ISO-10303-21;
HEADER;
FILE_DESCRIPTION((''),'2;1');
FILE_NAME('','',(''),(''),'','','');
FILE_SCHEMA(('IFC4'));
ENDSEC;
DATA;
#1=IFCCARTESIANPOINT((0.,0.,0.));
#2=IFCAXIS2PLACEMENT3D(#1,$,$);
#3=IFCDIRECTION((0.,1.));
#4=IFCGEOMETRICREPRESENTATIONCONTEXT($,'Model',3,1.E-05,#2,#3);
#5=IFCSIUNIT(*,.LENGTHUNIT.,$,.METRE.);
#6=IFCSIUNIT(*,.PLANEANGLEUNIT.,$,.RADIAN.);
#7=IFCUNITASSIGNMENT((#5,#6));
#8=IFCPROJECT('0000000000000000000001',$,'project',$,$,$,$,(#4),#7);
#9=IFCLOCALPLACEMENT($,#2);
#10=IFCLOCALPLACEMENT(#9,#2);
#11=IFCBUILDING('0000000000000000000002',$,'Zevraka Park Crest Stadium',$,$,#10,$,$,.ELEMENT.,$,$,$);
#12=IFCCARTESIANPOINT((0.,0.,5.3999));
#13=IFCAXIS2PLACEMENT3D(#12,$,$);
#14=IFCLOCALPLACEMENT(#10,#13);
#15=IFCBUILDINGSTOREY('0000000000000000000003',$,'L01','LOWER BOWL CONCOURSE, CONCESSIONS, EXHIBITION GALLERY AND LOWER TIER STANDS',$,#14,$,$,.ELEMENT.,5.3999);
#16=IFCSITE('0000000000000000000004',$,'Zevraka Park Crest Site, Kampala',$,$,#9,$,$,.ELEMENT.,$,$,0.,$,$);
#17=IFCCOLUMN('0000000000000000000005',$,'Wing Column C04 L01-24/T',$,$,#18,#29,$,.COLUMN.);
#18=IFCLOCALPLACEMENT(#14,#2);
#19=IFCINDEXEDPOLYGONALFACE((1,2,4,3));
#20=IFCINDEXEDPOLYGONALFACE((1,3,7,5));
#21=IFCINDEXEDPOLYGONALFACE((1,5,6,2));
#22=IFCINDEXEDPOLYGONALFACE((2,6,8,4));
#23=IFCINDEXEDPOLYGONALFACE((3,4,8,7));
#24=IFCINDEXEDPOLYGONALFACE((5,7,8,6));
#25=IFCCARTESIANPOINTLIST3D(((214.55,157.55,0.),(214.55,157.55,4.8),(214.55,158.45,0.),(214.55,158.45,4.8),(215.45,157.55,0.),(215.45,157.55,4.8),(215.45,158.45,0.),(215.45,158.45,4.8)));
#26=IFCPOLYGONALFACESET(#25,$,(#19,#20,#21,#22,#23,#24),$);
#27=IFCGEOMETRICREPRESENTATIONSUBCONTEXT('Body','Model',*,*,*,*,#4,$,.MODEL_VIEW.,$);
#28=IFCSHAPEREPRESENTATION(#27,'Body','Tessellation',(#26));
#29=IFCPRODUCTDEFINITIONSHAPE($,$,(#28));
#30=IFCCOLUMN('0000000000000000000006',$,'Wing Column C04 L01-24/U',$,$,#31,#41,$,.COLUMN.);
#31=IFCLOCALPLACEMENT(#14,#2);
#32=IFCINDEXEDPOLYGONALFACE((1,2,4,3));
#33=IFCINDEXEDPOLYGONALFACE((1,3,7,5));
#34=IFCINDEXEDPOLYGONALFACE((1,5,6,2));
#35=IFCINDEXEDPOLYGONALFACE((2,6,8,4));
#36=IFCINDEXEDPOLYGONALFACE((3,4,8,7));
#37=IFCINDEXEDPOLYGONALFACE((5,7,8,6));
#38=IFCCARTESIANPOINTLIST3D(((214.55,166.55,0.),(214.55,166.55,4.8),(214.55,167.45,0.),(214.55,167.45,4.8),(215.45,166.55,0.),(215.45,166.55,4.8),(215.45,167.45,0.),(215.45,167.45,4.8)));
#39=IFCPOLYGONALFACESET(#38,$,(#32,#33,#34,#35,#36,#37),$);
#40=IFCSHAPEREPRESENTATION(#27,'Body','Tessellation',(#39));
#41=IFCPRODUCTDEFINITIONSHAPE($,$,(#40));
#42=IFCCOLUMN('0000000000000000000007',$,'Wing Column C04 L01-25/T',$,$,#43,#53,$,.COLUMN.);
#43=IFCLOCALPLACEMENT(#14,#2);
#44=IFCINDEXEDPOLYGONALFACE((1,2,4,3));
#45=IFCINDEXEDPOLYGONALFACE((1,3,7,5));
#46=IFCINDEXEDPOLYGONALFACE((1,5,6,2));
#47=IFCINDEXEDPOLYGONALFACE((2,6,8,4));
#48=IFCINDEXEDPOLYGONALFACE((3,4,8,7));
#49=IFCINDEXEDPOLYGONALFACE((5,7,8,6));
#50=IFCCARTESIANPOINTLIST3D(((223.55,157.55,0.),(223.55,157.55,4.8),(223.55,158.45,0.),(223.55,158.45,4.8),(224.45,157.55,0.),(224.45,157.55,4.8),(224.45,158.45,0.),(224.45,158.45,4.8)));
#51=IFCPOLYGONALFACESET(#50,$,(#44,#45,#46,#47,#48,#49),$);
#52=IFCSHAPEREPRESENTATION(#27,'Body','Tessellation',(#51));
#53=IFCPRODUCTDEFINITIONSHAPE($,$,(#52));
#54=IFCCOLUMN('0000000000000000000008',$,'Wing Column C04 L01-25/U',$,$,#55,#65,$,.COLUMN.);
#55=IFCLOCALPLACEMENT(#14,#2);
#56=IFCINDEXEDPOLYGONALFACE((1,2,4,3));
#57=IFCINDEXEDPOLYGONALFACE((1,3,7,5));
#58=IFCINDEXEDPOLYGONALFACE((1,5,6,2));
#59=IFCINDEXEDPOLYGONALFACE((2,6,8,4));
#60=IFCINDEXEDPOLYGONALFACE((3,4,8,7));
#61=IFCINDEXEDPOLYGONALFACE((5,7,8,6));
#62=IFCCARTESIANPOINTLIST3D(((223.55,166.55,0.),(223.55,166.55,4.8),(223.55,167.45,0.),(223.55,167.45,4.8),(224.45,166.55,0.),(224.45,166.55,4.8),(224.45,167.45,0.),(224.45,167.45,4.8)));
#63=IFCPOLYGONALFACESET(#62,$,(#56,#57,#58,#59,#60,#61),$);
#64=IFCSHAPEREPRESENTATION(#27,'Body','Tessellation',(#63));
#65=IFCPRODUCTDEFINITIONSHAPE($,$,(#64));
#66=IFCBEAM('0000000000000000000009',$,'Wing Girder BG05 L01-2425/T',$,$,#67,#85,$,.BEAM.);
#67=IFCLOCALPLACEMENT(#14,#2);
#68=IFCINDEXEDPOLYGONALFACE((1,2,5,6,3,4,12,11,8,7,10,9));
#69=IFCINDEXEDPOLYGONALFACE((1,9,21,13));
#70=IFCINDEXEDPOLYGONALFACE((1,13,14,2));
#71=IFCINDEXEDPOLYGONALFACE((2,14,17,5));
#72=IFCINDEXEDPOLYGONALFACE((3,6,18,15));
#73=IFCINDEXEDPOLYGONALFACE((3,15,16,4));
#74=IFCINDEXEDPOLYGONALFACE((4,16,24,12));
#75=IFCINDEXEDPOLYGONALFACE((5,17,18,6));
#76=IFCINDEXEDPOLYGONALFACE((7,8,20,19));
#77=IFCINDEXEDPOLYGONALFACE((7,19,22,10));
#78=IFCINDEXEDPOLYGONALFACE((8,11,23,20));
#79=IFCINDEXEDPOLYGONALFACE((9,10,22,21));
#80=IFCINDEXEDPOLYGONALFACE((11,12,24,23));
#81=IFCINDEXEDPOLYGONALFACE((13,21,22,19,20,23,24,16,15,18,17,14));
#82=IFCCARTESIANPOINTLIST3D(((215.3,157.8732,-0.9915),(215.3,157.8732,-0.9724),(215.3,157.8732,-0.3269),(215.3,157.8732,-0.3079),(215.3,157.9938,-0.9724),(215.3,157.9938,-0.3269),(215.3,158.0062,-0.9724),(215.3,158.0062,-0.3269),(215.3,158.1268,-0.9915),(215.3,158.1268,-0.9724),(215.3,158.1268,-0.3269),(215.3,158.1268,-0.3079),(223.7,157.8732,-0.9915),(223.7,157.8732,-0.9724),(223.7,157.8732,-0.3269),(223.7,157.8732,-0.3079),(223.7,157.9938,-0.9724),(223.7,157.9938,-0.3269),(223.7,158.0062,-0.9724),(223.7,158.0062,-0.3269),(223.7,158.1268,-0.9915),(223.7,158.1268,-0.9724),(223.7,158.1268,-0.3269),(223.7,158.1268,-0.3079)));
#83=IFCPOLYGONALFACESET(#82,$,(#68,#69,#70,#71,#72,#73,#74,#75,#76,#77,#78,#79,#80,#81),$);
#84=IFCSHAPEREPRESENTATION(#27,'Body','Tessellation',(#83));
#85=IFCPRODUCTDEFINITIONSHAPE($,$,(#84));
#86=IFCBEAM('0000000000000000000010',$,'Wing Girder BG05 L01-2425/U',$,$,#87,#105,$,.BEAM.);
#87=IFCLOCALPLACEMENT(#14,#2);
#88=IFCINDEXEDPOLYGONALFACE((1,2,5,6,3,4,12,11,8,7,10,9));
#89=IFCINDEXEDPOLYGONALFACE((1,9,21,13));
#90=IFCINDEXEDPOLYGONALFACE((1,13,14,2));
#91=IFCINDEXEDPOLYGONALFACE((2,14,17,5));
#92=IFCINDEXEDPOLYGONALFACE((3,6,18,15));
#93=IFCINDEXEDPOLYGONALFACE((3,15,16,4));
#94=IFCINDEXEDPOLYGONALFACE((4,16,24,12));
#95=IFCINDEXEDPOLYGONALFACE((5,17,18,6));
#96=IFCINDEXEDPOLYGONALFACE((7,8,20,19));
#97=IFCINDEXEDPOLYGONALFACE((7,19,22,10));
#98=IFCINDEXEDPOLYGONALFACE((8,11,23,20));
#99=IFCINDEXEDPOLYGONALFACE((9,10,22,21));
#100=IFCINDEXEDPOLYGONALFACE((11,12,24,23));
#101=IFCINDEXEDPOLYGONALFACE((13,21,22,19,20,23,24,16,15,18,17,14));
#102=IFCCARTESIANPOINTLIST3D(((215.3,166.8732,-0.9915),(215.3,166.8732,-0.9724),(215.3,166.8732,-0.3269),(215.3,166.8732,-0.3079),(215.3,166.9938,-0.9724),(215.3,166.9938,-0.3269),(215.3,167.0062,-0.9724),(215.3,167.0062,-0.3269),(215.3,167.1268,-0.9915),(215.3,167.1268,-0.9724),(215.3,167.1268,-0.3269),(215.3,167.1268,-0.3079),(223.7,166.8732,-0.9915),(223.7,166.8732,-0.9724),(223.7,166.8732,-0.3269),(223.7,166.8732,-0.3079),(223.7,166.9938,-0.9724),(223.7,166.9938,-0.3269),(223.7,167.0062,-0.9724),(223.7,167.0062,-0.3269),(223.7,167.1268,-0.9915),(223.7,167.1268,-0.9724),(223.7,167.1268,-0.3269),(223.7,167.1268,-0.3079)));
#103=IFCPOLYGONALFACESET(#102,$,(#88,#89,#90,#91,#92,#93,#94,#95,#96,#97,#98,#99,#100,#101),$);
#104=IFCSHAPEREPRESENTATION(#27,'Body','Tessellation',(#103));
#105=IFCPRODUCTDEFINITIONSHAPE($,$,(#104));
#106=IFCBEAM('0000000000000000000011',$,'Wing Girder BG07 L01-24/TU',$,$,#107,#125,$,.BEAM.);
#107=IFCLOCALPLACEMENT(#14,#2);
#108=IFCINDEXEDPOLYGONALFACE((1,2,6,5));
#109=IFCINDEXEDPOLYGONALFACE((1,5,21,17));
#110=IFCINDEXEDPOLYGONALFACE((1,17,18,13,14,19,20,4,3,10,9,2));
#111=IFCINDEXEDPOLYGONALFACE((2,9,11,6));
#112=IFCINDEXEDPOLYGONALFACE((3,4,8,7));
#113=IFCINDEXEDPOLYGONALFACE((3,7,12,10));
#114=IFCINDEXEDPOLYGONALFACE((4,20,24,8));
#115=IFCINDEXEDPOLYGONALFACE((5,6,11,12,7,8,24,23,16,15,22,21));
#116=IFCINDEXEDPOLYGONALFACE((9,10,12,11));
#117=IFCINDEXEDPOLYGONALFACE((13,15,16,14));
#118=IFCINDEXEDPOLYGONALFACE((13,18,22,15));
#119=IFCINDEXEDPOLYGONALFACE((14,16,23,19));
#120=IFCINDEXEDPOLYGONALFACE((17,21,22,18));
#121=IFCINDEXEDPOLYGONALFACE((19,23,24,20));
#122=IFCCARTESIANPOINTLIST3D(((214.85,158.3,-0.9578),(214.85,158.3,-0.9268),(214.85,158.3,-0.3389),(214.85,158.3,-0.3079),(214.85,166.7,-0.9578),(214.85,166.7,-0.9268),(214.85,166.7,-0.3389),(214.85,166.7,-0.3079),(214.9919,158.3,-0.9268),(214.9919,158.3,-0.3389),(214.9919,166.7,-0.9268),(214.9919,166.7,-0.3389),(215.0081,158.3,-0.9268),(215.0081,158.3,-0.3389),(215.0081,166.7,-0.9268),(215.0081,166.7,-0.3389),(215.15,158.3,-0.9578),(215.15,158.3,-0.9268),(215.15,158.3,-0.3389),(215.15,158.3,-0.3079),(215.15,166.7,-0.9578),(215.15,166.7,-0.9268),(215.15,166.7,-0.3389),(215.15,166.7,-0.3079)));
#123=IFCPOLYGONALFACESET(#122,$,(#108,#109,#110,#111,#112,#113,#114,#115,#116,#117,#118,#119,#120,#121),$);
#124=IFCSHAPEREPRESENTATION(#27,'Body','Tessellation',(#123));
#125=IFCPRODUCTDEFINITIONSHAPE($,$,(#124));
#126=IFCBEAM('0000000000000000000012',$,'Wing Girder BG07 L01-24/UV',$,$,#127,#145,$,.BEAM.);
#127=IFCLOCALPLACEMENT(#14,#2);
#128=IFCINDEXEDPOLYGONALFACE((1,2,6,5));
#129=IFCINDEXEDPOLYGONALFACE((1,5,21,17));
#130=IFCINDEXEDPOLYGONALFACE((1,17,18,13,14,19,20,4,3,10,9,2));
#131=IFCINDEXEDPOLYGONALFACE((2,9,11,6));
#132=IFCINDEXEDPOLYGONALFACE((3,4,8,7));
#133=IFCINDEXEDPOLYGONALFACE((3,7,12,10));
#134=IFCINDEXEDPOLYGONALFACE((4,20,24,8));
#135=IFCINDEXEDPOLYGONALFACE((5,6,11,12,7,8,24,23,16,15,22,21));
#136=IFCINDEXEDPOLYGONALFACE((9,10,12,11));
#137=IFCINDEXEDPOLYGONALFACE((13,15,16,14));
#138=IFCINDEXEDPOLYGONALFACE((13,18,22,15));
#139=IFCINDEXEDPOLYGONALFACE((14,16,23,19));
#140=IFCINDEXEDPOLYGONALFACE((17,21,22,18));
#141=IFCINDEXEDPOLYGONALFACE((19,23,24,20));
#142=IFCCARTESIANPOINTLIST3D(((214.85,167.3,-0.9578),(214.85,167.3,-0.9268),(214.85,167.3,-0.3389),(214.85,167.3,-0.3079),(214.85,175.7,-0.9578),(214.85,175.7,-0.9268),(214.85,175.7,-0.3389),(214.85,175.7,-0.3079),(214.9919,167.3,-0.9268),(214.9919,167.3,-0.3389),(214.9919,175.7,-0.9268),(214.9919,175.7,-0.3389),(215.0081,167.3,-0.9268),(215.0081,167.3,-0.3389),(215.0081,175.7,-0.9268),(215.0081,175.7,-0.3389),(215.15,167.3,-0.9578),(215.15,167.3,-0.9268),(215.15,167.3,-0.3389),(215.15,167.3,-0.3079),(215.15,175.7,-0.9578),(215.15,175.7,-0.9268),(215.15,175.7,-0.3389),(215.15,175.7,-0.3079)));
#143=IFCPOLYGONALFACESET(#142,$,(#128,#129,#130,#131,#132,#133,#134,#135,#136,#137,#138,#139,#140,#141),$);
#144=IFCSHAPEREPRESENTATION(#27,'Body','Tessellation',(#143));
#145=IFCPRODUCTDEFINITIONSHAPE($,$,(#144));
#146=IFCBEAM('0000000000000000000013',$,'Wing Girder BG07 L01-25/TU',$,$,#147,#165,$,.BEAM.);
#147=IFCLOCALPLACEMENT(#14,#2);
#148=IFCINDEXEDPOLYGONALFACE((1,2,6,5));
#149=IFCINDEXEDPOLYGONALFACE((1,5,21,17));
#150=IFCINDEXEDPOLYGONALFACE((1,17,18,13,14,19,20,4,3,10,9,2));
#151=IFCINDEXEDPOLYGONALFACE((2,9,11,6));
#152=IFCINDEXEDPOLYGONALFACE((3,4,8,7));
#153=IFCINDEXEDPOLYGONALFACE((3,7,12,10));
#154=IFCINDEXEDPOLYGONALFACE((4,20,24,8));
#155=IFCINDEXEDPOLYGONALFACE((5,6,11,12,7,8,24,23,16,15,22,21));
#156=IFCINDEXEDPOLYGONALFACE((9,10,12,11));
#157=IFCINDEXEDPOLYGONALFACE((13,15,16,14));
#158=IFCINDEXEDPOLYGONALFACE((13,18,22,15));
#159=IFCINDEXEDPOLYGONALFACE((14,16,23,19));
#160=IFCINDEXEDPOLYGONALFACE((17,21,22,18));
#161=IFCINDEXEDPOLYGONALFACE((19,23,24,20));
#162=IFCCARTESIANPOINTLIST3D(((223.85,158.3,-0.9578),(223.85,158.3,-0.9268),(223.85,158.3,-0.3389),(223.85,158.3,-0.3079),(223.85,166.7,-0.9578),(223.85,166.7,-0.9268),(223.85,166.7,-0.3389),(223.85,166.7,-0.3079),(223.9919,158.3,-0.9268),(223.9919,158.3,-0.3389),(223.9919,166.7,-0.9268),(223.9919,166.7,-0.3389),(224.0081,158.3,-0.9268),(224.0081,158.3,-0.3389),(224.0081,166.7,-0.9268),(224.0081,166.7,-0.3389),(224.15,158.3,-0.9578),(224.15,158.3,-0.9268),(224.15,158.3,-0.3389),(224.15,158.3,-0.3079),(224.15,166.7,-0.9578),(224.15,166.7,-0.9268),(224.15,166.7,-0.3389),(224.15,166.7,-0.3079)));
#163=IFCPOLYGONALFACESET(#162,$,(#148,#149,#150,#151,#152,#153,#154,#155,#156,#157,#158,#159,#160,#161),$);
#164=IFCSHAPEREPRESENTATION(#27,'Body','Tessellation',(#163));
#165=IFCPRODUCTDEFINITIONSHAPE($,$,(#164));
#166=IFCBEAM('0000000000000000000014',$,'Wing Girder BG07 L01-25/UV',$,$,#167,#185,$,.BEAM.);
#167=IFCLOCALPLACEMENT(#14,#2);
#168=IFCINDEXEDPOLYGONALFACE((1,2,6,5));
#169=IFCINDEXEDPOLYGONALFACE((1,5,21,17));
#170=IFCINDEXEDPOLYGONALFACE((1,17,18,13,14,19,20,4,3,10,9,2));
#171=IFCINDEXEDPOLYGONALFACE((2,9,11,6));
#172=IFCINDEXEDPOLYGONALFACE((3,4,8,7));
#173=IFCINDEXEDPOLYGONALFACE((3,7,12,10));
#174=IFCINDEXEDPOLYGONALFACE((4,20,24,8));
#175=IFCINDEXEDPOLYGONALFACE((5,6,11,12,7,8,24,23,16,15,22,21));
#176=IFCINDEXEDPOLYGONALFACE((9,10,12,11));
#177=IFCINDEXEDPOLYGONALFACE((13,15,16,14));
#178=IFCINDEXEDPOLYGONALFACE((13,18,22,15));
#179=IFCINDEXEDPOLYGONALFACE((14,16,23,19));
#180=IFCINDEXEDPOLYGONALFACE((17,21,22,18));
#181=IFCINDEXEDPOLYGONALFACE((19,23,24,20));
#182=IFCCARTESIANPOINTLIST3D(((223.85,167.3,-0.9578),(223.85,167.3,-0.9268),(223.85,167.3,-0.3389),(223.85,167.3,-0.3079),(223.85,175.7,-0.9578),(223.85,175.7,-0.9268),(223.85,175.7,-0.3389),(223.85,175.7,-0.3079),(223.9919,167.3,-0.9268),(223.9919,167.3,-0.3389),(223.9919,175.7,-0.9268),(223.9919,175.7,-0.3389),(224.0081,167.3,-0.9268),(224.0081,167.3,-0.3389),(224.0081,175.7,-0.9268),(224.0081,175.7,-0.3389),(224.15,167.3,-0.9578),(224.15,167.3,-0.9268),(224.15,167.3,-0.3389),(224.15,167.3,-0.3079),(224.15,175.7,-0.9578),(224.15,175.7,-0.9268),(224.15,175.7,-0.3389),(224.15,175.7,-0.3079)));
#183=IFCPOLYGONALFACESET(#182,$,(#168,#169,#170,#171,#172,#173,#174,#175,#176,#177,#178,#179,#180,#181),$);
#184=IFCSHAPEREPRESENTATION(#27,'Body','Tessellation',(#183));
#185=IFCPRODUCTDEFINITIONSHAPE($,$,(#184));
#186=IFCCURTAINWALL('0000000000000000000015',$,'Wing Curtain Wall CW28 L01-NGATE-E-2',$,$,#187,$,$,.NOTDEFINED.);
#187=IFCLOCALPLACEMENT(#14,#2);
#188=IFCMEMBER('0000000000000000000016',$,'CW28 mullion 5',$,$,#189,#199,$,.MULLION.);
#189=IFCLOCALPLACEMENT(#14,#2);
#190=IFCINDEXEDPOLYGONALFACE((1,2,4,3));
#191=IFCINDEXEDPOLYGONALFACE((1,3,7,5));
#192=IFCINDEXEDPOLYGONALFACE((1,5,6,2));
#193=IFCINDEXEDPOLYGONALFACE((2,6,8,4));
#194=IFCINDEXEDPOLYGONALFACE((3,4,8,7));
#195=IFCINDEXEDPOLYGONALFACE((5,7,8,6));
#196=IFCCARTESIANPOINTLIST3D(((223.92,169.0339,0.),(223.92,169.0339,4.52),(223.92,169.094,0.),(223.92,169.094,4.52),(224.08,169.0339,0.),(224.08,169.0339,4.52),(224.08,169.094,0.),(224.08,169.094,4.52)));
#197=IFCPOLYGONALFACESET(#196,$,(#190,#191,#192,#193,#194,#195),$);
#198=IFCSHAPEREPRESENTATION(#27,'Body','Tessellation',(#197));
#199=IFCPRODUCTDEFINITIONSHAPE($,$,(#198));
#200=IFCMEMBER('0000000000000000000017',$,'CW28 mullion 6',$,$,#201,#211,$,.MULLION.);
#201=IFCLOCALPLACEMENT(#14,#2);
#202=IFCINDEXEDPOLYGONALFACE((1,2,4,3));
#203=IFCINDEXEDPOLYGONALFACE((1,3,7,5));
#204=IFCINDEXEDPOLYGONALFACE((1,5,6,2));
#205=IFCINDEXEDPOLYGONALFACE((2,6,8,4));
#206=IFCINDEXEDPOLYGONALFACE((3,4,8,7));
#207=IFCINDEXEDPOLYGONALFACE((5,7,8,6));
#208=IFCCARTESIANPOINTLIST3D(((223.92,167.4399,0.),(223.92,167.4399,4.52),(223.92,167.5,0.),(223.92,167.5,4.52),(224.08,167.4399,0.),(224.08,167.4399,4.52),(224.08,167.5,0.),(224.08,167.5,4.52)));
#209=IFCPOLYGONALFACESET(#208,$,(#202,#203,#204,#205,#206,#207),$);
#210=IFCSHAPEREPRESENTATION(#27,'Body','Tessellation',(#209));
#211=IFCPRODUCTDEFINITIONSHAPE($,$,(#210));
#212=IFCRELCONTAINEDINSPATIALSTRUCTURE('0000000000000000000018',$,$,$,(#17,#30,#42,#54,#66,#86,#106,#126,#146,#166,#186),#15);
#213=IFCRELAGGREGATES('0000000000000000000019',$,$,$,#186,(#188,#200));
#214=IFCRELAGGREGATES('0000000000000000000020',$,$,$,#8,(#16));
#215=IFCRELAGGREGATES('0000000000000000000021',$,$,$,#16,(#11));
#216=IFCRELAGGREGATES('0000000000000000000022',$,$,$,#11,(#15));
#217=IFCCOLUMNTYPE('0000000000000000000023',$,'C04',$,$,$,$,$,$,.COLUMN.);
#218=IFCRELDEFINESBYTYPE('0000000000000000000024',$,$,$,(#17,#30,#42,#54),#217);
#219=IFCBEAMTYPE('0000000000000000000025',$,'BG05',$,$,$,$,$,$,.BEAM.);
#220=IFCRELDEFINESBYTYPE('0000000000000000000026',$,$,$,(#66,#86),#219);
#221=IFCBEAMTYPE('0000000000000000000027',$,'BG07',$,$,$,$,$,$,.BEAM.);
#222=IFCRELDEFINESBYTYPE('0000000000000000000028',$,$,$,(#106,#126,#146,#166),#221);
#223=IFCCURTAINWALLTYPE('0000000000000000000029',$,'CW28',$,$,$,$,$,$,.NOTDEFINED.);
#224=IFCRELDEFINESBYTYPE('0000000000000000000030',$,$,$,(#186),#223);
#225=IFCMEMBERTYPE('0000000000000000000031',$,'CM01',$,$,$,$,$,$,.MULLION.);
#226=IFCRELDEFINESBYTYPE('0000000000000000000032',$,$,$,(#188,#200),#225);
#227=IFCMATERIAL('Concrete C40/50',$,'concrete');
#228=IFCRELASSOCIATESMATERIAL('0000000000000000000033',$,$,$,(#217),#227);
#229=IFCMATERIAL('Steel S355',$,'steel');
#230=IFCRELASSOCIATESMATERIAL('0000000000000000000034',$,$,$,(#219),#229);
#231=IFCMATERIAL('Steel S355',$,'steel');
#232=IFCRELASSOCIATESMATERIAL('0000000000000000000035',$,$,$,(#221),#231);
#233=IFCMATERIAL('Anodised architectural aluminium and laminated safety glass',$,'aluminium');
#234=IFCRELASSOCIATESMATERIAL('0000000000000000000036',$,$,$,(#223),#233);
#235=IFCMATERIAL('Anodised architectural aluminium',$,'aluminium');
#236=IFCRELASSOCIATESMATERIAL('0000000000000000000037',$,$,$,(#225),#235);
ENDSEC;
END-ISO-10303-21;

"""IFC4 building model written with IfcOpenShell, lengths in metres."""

from ifc_helpers import new_model, si_unit, direction, frame, origin, origin_2d, place, context, subcontext, project, spatial, rectangle, i_section, extrude, material, material_profile, profile_set, type_object, element, aggregate, save


model = new_model("IFC4")

# Units and contexts
model_context = context("Model", 3, precision=1e-05, world=origin(), true_north=direction((0.0, 1.0)))
body_context = subcontext(model_context, "Body", "Model", "MODEL_VIEW")
ifc_project = project(units=[si_unit("LENGTHUNIT", "METRE"), si_unit("PLANEANGLEUNIT", "RADIAN")], contexts=[model_context])

# Site, building, storey
site_placement = place(None, origin())
site = spatial("IfcSite", under=ifc_project, at=site_placement, Name="Zevraka Park Crest Site, Kampala", CompositionType="ELEMENT", RefElevation=0.0)
building_placement = place(site_placement, origin())
building = spatial("IfcBuilding", under=site, at=building_placement, Name="Zevraka Park Crest Stadium", CompositionType="ELEMENT")
storey_placement = place(building_placement, frame((0.0, 0.0, 5.3999)))
storey = spatial("IfcBuildingStorey", under=building, at=storey_placement, Name="L01", Description="LOWER BOWL CONCOURSE, CONCESSIONS, EXHIBITION GALLERY AND LOWER TIER STANDS", CompositionType="ELEMENT", Elevation=5.3999)

# Columns
ifc_material_1 = material(Name="Concrete C40/50", Category="concrete")
ifc_material_profile_1 = material_profile(ifc_material_1, rectangle(XDim=0.8999, YDim=0.8999, at=origin_2d()), Name="RC 900x900")
ifc_profile_set_1 = profile_set([ifc_material_profile_1], Name="Concrete C40/50")
column_type = type_object("IfcColumnType", Name="C04", PredefinedType="COLUMN", material=ifc_profile_set_1)
for number, where, z_axis, x_axis, name in (
    (1, (215.0, 158.0, 0.0), (0.0, 0.0, 1.0), (1.0, 0.0, 0.0), "Wing Column C04 L01-24/T"),
    (2, (215.0, 167.0, 0.0), (0.0, 0.0, 1.0), (1.0, 0.0, 0.0), "Wing Column C04 L01-24/U"),
    (3, (224.0, 158.0, 0.0), (0.0, 0.0, 1.0), (1.0, 0.0, 0.0), "Wing Column C04 L01-25/T"),
    (4, (224.0, 167.0, 0.0), (0.0, 0.0, 1.0), (1.0, 0.0, 0.0), "Wing Column C04 L01-25/U"),
):
    element("IfcColumn", number, at=place(storey_placement, frame(where, z_axis=z_axis, x_axis=x_axis)), inside=storey, type_object=column_type, Name=name, PredefinedType="COLUMN", context=body_context, shape_type="SweptSolid", body=[
        extrude(rectangle(XDim=0.8999, YDim=0.8999, at=origin_2d()), origin(), (0.0, 0.0, 1.0), 4.8),
    ])

# Beams
ifc_material_2 = material(Name="Steel S355", Category="steel")
ifc_material_profile_2 = material_profile(ifc_material_2, i_section(OverallWidth=0.2537, OverallDepth=0.6836, WebThickness=0.0125, FlangeThickness=0.019, at=origin_2d()), Name="UKB 686x254x140")
ifc_profile_set_2 = profile_set([ifc_material_profile_2], Name="Steel S355")
beam_type_1 = type_object("IfcBeamType", Name="BG05", PredefinedType="BEAM", material=ifc_profile_set_2)
for number, where, z_axis, x_axis, name in (
    (5, (215.3, 158.0, -0.6497), (1.0, 0.0, 0.0), (0.0, 1.0, 0.0), "Wing Girder BG05 L01-2425/T"),
    (6, (215.3, 167.0, -0.6497), (1.0, 0.0, 0.0), (0.0, 1.0, 0.0), "Wing Girder BG05 L01-2425/U"),
):
    element("IfcBeam", number, at=place(storey_placement, frame(where, z_axis=z_axis, x_axis=x_axis)), inside=storey, type_object=beam_type_1, Name=name, PredefinedType="BEAM", context=body_context, shape_type="SweptSolid", body=[
        extrude(i_section(OverallWidth=0.2537, OverallDepth=0.6836, WebThickness=0.0125, FlangeThickness=0.019, at=origin_2d()), origin(), (0.0, 0.0, 1.0), 8.3999),
    ])
ifc_material_3 = material(Name="Steel S355", Category="steel")
ifc_material_profile_3 = material_profile(ifc_material_3, i_section(OverallWidth=0.3, OverallDepth=0.6499, WebThickness=0.0161, FlangeThickness=0.031, at=origin_2d()), Name="HEB 650")
ifc_profile_set_3 = profile_set([ifc_material_profile_3], Name="Steel S355")
beam_type_2 = type_object("IfcBeamType", Name="BG07", PredefinedType="BEAM", material=ifc_profile_set_3)
for number, where, z_axis, x_axis, name in (
    (7, (215.0, 158.3, -0.6328), (0.0, 1.0, 0.0), (-1.0, 0.0, 0.0), "Wing Girder BG07 L01-24/TU"),
    (8, (215.0, 167.3, -0.6328), (0.0, 1.0, 0.0), (-1.0, 0.0, 0.0), "Wing Girder BG07 L01-24/UV"),
    (9, (224.0, 158.3, -0.6328), (0.0, 1.0, 0.0), (-1.0, 0.0, 0.0), "Wing Girder BG07 L01-25/TU"),
    (10, (224.0, 167.3, -0.6328), (0.0, 1.0, 0.0), (-1.0, 0.0, 0.0), "Wing Girder BG07 L01-25/UV"),
):
    element("IfcBeam", number, at=place(storey_placement, frame(where, z_axis=z_axis, x_axis=x_axis)), inside=storey, type_object=beam_type_2, Name=name, PredefinedType="BEAM", context=body_context, shape_type="SweptSolid", body=[
        extrude(i_section(OverallWidth=0.3, OverallDepth=0.6499, WebThickness=0.0161, FlangeThickness=0.031, at=origin_2d()), origin(), (0.0, 0.0, 1.0), 8.3999),
    ])

# Curtain wall, members
ifc_material_4 = material(Name="Anodised architectural aluminium and laminated safety glass", Category="aluminium")
curtain_wall_type = type_object("IfcCurtainWallType", Name="CW28", PredefinedType="NOTDEFINED", material=ifc_material_4)
curtain_wall_placement = place(storey_placement, origin())
curtain_wall = element("IfcCurtainWall", 11, at=curtain_wall_placement, inside=storey, type_object=curtain_wall_type, Name="Wing Curtain Wall CW28 L01-NGATE-E-2", PredefinedType="NOTDEFINED")
ifc_material_5 = material(Name="Anodised architectural aluminium", Category="aluminium")
ifc_material_profile_4 = material_profile(ifc_material_5, rectangle(XDim=0.1599, YDim=0.0601, at=origin_2d()), Name="ALU MULLION 160x60")
ifc_profile_set_4 = profile_set([ifc_material_profile_4], Name="Anodised architectural aluminium")
member_type_1 = type_object("IfcMemberType", Name="CM01", PredefinedType="MULLION", material=ifc_profile_set_4)
member_1_placement = place(storey_placement, frame((224.0, 169.064, 0.0), z_axis=(0.0, 0.0, 1.0), x_axis=(1.0, 0.0, 0.0)))
member_1 = element("IfcMember", 12, at=member_1_placement, type_object=member_type_1, Name="CW28 mullion 5", PredefinedType="MULLION", context=body_context, shape_type="SweptSolid", body=[
    extrude(rectangle(XDim=0.1599, YDim=0.0601, at=origin_2d()), origin(), (0.0, 0.0, 1.0), 4.52),
])
member_2_placement = place(storey_placement, frame((224.0, 167.47, 0.0), z_axis=(0.0, 0.0, 1.0), x_axis=(1.0, 0.0, 0.0)))
member_2 = element("IfcMember", 13, at=member_2_placement, type_object=member_type_1, Name="CW28 mullion 6", PredefinedType="MULLION", context=body_context, shape_type="SweptSolid", body=[
    extrude(rectangle(XDim=0.1599, YDim=0.0601, at=origin_2d()), origin(), (0.0, 0.0, 1.0), 4.52),
])

aggregate(curtain_wall, [member_1, member_2])

save(model, "model.ifc")
